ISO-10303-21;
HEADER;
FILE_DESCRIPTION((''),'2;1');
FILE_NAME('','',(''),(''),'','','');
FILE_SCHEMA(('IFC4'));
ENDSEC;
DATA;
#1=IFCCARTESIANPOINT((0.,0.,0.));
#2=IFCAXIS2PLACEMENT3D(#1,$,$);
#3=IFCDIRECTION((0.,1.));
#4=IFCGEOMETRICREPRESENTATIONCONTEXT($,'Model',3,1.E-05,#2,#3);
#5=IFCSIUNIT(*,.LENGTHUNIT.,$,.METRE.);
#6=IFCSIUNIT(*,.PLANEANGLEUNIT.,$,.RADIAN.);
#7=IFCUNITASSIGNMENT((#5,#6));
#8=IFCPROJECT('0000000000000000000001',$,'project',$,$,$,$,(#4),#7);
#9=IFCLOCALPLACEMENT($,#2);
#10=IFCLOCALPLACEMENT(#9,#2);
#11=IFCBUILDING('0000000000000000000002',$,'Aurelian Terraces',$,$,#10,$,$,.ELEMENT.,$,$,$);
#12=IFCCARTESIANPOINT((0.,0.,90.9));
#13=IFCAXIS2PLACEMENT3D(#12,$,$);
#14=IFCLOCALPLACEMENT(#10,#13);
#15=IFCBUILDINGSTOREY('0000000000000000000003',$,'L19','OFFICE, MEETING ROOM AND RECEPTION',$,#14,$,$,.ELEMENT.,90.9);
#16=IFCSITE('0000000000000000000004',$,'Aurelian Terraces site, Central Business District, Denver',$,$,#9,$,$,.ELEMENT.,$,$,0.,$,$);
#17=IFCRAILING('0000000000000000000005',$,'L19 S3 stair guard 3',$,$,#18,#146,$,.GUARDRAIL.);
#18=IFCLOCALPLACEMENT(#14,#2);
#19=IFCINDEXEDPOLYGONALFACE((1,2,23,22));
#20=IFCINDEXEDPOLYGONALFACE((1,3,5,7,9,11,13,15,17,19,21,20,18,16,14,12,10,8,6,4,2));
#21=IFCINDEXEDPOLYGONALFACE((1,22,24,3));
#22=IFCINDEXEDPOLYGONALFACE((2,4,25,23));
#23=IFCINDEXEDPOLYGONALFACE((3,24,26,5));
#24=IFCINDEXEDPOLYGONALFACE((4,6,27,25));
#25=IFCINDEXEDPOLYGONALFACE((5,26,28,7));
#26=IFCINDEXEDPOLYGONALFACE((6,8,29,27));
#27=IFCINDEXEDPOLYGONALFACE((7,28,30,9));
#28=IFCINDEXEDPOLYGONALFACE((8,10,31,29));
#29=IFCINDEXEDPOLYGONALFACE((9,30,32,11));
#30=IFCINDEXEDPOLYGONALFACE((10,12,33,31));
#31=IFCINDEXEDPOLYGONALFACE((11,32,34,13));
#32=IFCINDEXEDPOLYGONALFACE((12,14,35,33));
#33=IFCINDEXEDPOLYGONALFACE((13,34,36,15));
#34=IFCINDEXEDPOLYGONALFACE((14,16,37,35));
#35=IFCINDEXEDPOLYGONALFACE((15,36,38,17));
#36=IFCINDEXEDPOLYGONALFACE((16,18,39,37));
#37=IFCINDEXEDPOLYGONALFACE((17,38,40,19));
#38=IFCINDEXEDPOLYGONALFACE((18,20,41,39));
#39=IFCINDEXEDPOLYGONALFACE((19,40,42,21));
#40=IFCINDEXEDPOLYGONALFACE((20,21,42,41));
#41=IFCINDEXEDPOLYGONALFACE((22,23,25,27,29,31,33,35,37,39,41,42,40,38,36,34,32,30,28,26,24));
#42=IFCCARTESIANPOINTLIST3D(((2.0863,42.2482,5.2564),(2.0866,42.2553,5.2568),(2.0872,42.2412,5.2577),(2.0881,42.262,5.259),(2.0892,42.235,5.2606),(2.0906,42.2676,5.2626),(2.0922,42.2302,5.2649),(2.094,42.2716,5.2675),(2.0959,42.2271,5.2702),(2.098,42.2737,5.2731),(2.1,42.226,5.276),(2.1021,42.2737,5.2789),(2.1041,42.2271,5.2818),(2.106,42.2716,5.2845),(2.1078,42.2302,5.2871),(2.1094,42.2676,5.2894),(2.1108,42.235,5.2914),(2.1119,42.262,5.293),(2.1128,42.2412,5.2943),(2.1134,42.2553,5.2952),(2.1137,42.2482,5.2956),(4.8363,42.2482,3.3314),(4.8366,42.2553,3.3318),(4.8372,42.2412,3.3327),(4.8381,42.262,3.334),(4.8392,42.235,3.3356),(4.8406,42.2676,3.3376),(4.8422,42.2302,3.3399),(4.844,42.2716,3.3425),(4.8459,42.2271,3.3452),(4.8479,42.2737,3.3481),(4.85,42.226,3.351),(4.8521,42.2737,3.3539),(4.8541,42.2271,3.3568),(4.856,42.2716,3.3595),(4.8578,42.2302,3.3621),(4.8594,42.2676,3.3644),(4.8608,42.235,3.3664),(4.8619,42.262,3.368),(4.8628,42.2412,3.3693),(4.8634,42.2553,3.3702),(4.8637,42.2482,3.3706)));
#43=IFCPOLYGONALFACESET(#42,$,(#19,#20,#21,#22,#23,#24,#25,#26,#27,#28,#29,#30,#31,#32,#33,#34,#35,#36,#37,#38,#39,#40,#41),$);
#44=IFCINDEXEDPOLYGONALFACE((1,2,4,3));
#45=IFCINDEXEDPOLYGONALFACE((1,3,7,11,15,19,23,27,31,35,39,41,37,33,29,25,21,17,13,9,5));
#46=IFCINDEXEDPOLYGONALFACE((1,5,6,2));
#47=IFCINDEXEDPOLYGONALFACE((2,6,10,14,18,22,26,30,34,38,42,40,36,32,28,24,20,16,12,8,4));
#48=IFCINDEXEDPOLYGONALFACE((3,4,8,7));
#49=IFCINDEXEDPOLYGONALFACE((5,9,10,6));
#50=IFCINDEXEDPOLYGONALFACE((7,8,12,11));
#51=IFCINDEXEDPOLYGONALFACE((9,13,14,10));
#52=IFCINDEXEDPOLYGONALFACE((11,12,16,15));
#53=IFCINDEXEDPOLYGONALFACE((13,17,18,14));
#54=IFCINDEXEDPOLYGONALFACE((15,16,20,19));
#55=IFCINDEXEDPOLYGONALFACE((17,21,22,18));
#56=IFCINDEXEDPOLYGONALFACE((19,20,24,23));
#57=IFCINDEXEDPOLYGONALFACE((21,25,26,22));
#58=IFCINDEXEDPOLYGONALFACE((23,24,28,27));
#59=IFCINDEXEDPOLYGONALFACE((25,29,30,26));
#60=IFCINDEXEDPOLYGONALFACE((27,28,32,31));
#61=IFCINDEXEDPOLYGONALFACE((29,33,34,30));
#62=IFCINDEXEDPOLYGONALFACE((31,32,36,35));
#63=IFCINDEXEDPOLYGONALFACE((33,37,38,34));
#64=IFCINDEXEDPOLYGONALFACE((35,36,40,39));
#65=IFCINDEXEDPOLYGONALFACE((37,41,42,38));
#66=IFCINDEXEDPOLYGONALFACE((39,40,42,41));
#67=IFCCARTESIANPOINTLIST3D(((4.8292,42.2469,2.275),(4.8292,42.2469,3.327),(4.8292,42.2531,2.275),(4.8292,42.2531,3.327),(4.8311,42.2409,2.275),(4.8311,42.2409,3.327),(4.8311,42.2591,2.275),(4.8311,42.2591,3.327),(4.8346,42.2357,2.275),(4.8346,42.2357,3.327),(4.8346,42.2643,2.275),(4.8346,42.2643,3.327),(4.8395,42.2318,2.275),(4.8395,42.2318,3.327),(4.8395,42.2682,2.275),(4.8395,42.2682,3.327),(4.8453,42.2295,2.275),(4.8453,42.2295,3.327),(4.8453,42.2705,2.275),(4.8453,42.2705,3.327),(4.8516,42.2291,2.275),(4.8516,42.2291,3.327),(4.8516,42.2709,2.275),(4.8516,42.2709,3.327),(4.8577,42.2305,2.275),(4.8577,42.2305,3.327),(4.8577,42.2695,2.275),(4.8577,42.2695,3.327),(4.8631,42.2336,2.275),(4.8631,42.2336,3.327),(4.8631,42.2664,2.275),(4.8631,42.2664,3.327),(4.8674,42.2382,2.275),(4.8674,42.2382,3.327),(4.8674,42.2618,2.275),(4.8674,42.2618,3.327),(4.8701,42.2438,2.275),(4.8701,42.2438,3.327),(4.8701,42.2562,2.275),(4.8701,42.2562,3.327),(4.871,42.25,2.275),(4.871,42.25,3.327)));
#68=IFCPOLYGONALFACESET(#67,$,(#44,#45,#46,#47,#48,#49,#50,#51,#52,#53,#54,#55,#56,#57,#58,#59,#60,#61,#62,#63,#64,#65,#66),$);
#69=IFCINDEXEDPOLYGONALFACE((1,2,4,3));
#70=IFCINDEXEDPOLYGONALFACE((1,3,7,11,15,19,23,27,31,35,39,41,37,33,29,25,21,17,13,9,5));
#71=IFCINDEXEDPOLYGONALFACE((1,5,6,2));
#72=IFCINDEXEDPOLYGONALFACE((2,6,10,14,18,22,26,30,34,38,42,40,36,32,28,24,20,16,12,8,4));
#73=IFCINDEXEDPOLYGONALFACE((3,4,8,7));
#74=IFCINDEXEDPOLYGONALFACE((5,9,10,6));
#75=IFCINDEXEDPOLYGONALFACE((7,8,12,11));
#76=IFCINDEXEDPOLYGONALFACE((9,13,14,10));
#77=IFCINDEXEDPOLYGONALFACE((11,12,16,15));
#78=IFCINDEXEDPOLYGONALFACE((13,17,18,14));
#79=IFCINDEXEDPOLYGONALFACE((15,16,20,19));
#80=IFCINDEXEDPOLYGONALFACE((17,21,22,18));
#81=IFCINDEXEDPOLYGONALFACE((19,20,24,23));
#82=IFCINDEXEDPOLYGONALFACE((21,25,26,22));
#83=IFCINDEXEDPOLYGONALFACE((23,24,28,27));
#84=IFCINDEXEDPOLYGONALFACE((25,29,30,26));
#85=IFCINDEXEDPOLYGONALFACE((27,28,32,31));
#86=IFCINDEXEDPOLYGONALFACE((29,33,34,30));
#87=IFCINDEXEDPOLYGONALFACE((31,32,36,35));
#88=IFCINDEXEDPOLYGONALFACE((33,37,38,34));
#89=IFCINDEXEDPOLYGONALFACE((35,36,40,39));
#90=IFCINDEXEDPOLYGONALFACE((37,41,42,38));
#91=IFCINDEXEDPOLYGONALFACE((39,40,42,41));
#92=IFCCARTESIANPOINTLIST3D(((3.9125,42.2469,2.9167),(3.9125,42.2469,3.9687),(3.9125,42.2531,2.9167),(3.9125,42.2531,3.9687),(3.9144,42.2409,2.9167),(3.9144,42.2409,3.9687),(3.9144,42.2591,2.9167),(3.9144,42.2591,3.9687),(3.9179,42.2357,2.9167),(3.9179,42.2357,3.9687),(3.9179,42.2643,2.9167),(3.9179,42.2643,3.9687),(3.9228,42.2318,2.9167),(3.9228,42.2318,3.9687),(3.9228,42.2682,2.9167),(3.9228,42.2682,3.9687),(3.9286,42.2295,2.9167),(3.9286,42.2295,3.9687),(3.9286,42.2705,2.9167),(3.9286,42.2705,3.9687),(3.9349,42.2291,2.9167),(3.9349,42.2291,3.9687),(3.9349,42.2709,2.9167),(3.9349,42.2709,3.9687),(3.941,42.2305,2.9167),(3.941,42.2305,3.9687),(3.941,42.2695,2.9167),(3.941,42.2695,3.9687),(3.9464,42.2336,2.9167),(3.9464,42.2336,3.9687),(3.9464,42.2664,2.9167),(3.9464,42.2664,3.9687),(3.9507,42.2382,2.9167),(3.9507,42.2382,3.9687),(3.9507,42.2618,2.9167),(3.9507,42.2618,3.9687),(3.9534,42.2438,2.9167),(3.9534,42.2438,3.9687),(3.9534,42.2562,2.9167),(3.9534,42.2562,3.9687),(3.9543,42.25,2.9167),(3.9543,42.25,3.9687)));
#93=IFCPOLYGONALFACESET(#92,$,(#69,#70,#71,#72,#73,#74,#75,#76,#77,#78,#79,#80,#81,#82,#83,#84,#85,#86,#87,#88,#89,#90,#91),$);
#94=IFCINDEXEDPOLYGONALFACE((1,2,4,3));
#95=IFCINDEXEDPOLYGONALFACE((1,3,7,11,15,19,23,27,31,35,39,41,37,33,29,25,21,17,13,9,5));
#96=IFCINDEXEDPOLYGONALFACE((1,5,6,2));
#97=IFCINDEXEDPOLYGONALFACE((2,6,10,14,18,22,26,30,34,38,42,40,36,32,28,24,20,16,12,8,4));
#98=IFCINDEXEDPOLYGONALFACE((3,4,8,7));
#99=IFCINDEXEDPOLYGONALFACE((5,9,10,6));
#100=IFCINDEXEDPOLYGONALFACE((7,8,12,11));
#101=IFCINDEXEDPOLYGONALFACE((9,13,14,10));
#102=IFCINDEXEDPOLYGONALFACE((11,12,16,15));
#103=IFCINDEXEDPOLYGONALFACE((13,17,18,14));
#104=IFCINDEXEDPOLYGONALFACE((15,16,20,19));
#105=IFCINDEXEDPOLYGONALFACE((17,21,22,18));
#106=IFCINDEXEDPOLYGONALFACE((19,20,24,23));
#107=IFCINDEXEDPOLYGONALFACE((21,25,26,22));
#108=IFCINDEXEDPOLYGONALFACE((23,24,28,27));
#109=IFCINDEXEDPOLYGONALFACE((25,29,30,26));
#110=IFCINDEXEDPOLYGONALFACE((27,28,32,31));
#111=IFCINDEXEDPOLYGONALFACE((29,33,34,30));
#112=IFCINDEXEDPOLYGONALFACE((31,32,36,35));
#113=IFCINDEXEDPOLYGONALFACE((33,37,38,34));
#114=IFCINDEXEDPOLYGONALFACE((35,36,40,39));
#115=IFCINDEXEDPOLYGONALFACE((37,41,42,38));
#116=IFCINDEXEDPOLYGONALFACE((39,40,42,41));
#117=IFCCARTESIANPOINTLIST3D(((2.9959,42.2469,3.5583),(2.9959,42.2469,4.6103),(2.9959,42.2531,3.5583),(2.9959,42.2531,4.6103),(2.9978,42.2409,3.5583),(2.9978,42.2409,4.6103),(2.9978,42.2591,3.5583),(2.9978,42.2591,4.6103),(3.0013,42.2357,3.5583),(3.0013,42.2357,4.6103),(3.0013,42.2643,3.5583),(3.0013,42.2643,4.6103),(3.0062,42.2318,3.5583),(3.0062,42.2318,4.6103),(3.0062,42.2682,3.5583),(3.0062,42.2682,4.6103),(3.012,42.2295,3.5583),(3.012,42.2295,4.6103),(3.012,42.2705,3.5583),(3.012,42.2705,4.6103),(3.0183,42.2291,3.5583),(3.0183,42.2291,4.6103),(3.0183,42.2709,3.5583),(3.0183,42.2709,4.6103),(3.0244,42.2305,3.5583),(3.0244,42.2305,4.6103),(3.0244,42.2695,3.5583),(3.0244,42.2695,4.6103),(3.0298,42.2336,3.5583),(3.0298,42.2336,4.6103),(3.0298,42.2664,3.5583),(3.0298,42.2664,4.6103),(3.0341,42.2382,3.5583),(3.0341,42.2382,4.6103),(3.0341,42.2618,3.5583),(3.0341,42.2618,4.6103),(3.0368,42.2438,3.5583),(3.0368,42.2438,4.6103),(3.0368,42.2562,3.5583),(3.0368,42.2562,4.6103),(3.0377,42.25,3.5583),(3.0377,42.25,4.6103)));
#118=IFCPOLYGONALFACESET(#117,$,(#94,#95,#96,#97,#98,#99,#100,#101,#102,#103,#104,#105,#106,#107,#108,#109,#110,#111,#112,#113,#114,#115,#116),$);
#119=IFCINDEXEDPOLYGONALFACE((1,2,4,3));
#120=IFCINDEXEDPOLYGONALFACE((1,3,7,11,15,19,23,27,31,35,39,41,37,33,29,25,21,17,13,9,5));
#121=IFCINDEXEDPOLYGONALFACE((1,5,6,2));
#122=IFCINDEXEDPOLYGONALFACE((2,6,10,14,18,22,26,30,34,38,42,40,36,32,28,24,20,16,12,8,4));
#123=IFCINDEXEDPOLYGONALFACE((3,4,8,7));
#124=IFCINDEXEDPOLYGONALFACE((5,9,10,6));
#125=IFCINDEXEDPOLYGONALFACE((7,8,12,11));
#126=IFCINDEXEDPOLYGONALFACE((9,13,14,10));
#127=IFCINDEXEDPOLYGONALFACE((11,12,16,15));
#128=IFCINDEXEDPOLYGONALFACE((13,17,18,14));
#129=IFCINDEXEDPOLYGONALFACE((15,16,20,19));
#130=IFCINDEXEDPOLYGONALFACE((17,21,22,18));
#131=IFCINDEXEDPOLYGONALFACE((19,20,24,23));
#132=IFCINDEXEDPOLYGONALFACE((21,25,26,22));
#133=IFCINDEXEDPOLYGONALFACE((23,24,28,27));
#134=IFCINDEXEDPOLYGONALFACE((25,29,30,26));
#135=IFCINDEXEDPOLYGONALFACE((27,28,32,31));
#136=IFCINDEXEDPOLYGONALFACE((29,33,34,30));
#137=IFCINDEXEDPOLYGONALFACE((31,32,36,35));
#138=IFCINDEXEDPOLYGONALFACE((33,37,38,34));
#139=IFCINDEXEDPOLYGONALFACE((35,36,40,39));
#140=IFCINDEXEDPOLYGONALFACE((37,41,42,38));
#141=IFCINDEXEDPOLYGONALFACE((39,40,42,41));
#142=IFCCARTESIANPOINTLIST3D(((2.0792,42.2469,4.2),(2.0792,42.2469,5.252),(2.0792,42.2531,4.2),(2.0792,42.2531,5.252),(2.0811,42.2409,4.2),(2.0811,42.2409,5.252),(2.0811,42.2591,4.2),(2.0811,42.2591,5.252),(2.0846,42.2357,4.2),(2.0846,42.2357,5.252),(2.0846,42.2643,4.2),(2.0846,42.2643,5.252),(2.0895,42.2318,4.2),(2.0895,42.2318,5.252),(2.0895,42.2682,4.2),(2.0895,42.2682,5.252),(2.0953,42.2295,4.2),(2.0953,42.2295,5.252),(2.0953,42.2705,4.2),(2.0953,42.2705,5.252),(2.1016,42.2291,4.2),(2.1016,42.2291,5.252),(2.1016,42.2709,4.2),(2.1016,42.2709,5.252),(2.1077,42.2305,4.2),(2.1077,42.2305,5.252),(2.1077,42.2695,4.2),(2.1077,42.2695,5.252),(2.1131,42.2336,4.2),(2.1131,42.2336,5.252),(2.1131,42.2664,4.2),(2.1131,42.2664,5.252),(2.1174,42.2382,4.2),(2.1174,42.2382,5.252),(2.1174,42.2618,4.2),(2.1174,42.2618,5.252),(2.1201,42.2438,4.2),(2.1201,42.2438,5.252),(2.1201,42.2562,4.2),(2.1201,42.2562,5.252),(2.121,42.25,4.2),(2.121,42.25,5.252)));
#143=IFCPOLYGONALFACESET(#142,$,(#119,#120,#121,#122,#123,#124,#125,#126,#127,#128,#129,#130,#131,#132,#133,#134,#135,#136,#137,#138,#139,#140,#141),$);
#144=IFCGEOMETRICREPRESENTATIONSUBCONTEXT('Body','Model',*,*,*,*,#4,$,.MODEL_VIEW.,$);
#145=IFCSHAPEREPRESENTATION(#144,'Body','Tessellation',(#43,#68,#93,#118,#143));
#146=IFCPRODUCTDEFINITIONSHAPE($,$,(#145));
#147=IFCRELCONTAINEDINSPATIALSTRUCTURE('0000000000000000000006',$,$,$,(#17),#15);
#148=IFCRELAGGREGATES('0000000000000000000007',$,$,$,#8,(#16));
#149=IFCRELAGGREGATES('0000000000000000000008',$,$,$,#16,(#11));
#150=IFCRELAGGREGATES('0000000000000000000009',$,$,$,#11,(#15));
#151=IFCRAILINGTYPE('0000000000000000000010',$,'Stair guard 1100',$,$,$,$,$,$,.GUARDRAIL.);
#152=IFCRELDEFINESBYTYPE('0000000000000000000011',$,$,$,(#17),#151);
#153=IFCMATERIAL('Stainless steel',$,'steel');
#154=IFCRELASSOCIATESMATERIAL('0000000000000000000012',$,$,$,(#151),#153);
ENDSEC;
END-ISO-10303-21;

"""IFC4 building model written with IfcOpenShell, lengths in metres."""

from ifc_helpers import new_model, si_unit, direction, frame, origin, origin_2d, place, context, subcontext, project, spatial, circle, extrude, source, transform, mapped, material, type_object, element, save


model = new_model("IFC4")

# Units and contexts
model_context = context("Model", 3, precision=1e-05, world=origin(), true_north=direction((0.0, 1.0)))
body_context = subcontext(model_context, "Body", "Model", "MODEL_VIEW")
ifc_project = project(units=[si_unit("LENGTHUNIT", "METRE"), si_unit("PLANEANGLEUNIT", "RADIAN")], contexts=[model_context])

# Site, building, storey
site_placement = place(None, origin())
site = spatial("IfcSite", under=ifc_project, at=site_placement, Name="Aurelian Terraces site, Central Business District, Denver", CompositionType="ELEMENT", RefElevation=0.0)
building_placement = place(site_placement, origin())
building = spatial("IfcBuilding", under=site, at=building_placement, Name="Aurelian Terraces", CompositionType="ELEMENT")
storey_placement = place(building_placement, frame((0.0, 0.0, 90.9)))
storey = spatial("IfcBuildingStorey", under=building, at=storey_placement, Name="L19", Description="OFFICE, MEETING ROOM AND RECEPTION", CompositionType="ELEMENT", Elevation=90.9)

# Railing
ifc_material_1 = material(Name="Stainless steel", Category="steel")
railing_type_1 = type_object("IfcRailingType", Name="Stair guard 1100", PredefinedType="GUARDRAIL", material=ifc_material_1)
shared_shape_1 = source(origin(), body_context, "Body", "SweptSolid", [
    extrude(circle(Radius=0.024, at=origin_2d()), frame((0.0, 0.0, 1.076), z_axis=(-0.819232, 0.0, 0.573462), x_axis=(0.0, -1.0, 0.0)), (0.0, 0.0, 1.0), 3.3568),
    extrude(circle(Radius=0.021, at=origin_2d()), origin(), (0.0, 0.0, 1.0), 1.052),
    extrude(circle(Radius=0.021, at=origin_2d()), frame((-0.9167, 0.0, 0.6417)), (0.0, 0.0, 1.0), 1.052),
    extrude(circle(Radius=0.021, at=origin_2d()), frame((-1.8333, 0.0, 1.2833)), (0.0, 0.0, 1.0), 1.052),
    extrude(circle(Radius=0.021, at=origin_2d()), frame((-2.75, 0.0, 1.925)), (0.0, 0.0, 1.0), 1.052),
])
railing_1_placement = place(storey_placement, frame((4.85, 42.25, 2.275)))
element("IfcRailing", 1, at=railing_1_placement, inside=storey, type_object=railing_type_1, Name="L19 S3 stair guard 3", PredefinedType="GUARDRAIL", context=body_context, shape_type="MappedRepresentation", body=[
    mapped(shared_shape_1, transform((0.0, 0.0, 0.0), scale=1.0)),
])

save(model, "model.ifc")
